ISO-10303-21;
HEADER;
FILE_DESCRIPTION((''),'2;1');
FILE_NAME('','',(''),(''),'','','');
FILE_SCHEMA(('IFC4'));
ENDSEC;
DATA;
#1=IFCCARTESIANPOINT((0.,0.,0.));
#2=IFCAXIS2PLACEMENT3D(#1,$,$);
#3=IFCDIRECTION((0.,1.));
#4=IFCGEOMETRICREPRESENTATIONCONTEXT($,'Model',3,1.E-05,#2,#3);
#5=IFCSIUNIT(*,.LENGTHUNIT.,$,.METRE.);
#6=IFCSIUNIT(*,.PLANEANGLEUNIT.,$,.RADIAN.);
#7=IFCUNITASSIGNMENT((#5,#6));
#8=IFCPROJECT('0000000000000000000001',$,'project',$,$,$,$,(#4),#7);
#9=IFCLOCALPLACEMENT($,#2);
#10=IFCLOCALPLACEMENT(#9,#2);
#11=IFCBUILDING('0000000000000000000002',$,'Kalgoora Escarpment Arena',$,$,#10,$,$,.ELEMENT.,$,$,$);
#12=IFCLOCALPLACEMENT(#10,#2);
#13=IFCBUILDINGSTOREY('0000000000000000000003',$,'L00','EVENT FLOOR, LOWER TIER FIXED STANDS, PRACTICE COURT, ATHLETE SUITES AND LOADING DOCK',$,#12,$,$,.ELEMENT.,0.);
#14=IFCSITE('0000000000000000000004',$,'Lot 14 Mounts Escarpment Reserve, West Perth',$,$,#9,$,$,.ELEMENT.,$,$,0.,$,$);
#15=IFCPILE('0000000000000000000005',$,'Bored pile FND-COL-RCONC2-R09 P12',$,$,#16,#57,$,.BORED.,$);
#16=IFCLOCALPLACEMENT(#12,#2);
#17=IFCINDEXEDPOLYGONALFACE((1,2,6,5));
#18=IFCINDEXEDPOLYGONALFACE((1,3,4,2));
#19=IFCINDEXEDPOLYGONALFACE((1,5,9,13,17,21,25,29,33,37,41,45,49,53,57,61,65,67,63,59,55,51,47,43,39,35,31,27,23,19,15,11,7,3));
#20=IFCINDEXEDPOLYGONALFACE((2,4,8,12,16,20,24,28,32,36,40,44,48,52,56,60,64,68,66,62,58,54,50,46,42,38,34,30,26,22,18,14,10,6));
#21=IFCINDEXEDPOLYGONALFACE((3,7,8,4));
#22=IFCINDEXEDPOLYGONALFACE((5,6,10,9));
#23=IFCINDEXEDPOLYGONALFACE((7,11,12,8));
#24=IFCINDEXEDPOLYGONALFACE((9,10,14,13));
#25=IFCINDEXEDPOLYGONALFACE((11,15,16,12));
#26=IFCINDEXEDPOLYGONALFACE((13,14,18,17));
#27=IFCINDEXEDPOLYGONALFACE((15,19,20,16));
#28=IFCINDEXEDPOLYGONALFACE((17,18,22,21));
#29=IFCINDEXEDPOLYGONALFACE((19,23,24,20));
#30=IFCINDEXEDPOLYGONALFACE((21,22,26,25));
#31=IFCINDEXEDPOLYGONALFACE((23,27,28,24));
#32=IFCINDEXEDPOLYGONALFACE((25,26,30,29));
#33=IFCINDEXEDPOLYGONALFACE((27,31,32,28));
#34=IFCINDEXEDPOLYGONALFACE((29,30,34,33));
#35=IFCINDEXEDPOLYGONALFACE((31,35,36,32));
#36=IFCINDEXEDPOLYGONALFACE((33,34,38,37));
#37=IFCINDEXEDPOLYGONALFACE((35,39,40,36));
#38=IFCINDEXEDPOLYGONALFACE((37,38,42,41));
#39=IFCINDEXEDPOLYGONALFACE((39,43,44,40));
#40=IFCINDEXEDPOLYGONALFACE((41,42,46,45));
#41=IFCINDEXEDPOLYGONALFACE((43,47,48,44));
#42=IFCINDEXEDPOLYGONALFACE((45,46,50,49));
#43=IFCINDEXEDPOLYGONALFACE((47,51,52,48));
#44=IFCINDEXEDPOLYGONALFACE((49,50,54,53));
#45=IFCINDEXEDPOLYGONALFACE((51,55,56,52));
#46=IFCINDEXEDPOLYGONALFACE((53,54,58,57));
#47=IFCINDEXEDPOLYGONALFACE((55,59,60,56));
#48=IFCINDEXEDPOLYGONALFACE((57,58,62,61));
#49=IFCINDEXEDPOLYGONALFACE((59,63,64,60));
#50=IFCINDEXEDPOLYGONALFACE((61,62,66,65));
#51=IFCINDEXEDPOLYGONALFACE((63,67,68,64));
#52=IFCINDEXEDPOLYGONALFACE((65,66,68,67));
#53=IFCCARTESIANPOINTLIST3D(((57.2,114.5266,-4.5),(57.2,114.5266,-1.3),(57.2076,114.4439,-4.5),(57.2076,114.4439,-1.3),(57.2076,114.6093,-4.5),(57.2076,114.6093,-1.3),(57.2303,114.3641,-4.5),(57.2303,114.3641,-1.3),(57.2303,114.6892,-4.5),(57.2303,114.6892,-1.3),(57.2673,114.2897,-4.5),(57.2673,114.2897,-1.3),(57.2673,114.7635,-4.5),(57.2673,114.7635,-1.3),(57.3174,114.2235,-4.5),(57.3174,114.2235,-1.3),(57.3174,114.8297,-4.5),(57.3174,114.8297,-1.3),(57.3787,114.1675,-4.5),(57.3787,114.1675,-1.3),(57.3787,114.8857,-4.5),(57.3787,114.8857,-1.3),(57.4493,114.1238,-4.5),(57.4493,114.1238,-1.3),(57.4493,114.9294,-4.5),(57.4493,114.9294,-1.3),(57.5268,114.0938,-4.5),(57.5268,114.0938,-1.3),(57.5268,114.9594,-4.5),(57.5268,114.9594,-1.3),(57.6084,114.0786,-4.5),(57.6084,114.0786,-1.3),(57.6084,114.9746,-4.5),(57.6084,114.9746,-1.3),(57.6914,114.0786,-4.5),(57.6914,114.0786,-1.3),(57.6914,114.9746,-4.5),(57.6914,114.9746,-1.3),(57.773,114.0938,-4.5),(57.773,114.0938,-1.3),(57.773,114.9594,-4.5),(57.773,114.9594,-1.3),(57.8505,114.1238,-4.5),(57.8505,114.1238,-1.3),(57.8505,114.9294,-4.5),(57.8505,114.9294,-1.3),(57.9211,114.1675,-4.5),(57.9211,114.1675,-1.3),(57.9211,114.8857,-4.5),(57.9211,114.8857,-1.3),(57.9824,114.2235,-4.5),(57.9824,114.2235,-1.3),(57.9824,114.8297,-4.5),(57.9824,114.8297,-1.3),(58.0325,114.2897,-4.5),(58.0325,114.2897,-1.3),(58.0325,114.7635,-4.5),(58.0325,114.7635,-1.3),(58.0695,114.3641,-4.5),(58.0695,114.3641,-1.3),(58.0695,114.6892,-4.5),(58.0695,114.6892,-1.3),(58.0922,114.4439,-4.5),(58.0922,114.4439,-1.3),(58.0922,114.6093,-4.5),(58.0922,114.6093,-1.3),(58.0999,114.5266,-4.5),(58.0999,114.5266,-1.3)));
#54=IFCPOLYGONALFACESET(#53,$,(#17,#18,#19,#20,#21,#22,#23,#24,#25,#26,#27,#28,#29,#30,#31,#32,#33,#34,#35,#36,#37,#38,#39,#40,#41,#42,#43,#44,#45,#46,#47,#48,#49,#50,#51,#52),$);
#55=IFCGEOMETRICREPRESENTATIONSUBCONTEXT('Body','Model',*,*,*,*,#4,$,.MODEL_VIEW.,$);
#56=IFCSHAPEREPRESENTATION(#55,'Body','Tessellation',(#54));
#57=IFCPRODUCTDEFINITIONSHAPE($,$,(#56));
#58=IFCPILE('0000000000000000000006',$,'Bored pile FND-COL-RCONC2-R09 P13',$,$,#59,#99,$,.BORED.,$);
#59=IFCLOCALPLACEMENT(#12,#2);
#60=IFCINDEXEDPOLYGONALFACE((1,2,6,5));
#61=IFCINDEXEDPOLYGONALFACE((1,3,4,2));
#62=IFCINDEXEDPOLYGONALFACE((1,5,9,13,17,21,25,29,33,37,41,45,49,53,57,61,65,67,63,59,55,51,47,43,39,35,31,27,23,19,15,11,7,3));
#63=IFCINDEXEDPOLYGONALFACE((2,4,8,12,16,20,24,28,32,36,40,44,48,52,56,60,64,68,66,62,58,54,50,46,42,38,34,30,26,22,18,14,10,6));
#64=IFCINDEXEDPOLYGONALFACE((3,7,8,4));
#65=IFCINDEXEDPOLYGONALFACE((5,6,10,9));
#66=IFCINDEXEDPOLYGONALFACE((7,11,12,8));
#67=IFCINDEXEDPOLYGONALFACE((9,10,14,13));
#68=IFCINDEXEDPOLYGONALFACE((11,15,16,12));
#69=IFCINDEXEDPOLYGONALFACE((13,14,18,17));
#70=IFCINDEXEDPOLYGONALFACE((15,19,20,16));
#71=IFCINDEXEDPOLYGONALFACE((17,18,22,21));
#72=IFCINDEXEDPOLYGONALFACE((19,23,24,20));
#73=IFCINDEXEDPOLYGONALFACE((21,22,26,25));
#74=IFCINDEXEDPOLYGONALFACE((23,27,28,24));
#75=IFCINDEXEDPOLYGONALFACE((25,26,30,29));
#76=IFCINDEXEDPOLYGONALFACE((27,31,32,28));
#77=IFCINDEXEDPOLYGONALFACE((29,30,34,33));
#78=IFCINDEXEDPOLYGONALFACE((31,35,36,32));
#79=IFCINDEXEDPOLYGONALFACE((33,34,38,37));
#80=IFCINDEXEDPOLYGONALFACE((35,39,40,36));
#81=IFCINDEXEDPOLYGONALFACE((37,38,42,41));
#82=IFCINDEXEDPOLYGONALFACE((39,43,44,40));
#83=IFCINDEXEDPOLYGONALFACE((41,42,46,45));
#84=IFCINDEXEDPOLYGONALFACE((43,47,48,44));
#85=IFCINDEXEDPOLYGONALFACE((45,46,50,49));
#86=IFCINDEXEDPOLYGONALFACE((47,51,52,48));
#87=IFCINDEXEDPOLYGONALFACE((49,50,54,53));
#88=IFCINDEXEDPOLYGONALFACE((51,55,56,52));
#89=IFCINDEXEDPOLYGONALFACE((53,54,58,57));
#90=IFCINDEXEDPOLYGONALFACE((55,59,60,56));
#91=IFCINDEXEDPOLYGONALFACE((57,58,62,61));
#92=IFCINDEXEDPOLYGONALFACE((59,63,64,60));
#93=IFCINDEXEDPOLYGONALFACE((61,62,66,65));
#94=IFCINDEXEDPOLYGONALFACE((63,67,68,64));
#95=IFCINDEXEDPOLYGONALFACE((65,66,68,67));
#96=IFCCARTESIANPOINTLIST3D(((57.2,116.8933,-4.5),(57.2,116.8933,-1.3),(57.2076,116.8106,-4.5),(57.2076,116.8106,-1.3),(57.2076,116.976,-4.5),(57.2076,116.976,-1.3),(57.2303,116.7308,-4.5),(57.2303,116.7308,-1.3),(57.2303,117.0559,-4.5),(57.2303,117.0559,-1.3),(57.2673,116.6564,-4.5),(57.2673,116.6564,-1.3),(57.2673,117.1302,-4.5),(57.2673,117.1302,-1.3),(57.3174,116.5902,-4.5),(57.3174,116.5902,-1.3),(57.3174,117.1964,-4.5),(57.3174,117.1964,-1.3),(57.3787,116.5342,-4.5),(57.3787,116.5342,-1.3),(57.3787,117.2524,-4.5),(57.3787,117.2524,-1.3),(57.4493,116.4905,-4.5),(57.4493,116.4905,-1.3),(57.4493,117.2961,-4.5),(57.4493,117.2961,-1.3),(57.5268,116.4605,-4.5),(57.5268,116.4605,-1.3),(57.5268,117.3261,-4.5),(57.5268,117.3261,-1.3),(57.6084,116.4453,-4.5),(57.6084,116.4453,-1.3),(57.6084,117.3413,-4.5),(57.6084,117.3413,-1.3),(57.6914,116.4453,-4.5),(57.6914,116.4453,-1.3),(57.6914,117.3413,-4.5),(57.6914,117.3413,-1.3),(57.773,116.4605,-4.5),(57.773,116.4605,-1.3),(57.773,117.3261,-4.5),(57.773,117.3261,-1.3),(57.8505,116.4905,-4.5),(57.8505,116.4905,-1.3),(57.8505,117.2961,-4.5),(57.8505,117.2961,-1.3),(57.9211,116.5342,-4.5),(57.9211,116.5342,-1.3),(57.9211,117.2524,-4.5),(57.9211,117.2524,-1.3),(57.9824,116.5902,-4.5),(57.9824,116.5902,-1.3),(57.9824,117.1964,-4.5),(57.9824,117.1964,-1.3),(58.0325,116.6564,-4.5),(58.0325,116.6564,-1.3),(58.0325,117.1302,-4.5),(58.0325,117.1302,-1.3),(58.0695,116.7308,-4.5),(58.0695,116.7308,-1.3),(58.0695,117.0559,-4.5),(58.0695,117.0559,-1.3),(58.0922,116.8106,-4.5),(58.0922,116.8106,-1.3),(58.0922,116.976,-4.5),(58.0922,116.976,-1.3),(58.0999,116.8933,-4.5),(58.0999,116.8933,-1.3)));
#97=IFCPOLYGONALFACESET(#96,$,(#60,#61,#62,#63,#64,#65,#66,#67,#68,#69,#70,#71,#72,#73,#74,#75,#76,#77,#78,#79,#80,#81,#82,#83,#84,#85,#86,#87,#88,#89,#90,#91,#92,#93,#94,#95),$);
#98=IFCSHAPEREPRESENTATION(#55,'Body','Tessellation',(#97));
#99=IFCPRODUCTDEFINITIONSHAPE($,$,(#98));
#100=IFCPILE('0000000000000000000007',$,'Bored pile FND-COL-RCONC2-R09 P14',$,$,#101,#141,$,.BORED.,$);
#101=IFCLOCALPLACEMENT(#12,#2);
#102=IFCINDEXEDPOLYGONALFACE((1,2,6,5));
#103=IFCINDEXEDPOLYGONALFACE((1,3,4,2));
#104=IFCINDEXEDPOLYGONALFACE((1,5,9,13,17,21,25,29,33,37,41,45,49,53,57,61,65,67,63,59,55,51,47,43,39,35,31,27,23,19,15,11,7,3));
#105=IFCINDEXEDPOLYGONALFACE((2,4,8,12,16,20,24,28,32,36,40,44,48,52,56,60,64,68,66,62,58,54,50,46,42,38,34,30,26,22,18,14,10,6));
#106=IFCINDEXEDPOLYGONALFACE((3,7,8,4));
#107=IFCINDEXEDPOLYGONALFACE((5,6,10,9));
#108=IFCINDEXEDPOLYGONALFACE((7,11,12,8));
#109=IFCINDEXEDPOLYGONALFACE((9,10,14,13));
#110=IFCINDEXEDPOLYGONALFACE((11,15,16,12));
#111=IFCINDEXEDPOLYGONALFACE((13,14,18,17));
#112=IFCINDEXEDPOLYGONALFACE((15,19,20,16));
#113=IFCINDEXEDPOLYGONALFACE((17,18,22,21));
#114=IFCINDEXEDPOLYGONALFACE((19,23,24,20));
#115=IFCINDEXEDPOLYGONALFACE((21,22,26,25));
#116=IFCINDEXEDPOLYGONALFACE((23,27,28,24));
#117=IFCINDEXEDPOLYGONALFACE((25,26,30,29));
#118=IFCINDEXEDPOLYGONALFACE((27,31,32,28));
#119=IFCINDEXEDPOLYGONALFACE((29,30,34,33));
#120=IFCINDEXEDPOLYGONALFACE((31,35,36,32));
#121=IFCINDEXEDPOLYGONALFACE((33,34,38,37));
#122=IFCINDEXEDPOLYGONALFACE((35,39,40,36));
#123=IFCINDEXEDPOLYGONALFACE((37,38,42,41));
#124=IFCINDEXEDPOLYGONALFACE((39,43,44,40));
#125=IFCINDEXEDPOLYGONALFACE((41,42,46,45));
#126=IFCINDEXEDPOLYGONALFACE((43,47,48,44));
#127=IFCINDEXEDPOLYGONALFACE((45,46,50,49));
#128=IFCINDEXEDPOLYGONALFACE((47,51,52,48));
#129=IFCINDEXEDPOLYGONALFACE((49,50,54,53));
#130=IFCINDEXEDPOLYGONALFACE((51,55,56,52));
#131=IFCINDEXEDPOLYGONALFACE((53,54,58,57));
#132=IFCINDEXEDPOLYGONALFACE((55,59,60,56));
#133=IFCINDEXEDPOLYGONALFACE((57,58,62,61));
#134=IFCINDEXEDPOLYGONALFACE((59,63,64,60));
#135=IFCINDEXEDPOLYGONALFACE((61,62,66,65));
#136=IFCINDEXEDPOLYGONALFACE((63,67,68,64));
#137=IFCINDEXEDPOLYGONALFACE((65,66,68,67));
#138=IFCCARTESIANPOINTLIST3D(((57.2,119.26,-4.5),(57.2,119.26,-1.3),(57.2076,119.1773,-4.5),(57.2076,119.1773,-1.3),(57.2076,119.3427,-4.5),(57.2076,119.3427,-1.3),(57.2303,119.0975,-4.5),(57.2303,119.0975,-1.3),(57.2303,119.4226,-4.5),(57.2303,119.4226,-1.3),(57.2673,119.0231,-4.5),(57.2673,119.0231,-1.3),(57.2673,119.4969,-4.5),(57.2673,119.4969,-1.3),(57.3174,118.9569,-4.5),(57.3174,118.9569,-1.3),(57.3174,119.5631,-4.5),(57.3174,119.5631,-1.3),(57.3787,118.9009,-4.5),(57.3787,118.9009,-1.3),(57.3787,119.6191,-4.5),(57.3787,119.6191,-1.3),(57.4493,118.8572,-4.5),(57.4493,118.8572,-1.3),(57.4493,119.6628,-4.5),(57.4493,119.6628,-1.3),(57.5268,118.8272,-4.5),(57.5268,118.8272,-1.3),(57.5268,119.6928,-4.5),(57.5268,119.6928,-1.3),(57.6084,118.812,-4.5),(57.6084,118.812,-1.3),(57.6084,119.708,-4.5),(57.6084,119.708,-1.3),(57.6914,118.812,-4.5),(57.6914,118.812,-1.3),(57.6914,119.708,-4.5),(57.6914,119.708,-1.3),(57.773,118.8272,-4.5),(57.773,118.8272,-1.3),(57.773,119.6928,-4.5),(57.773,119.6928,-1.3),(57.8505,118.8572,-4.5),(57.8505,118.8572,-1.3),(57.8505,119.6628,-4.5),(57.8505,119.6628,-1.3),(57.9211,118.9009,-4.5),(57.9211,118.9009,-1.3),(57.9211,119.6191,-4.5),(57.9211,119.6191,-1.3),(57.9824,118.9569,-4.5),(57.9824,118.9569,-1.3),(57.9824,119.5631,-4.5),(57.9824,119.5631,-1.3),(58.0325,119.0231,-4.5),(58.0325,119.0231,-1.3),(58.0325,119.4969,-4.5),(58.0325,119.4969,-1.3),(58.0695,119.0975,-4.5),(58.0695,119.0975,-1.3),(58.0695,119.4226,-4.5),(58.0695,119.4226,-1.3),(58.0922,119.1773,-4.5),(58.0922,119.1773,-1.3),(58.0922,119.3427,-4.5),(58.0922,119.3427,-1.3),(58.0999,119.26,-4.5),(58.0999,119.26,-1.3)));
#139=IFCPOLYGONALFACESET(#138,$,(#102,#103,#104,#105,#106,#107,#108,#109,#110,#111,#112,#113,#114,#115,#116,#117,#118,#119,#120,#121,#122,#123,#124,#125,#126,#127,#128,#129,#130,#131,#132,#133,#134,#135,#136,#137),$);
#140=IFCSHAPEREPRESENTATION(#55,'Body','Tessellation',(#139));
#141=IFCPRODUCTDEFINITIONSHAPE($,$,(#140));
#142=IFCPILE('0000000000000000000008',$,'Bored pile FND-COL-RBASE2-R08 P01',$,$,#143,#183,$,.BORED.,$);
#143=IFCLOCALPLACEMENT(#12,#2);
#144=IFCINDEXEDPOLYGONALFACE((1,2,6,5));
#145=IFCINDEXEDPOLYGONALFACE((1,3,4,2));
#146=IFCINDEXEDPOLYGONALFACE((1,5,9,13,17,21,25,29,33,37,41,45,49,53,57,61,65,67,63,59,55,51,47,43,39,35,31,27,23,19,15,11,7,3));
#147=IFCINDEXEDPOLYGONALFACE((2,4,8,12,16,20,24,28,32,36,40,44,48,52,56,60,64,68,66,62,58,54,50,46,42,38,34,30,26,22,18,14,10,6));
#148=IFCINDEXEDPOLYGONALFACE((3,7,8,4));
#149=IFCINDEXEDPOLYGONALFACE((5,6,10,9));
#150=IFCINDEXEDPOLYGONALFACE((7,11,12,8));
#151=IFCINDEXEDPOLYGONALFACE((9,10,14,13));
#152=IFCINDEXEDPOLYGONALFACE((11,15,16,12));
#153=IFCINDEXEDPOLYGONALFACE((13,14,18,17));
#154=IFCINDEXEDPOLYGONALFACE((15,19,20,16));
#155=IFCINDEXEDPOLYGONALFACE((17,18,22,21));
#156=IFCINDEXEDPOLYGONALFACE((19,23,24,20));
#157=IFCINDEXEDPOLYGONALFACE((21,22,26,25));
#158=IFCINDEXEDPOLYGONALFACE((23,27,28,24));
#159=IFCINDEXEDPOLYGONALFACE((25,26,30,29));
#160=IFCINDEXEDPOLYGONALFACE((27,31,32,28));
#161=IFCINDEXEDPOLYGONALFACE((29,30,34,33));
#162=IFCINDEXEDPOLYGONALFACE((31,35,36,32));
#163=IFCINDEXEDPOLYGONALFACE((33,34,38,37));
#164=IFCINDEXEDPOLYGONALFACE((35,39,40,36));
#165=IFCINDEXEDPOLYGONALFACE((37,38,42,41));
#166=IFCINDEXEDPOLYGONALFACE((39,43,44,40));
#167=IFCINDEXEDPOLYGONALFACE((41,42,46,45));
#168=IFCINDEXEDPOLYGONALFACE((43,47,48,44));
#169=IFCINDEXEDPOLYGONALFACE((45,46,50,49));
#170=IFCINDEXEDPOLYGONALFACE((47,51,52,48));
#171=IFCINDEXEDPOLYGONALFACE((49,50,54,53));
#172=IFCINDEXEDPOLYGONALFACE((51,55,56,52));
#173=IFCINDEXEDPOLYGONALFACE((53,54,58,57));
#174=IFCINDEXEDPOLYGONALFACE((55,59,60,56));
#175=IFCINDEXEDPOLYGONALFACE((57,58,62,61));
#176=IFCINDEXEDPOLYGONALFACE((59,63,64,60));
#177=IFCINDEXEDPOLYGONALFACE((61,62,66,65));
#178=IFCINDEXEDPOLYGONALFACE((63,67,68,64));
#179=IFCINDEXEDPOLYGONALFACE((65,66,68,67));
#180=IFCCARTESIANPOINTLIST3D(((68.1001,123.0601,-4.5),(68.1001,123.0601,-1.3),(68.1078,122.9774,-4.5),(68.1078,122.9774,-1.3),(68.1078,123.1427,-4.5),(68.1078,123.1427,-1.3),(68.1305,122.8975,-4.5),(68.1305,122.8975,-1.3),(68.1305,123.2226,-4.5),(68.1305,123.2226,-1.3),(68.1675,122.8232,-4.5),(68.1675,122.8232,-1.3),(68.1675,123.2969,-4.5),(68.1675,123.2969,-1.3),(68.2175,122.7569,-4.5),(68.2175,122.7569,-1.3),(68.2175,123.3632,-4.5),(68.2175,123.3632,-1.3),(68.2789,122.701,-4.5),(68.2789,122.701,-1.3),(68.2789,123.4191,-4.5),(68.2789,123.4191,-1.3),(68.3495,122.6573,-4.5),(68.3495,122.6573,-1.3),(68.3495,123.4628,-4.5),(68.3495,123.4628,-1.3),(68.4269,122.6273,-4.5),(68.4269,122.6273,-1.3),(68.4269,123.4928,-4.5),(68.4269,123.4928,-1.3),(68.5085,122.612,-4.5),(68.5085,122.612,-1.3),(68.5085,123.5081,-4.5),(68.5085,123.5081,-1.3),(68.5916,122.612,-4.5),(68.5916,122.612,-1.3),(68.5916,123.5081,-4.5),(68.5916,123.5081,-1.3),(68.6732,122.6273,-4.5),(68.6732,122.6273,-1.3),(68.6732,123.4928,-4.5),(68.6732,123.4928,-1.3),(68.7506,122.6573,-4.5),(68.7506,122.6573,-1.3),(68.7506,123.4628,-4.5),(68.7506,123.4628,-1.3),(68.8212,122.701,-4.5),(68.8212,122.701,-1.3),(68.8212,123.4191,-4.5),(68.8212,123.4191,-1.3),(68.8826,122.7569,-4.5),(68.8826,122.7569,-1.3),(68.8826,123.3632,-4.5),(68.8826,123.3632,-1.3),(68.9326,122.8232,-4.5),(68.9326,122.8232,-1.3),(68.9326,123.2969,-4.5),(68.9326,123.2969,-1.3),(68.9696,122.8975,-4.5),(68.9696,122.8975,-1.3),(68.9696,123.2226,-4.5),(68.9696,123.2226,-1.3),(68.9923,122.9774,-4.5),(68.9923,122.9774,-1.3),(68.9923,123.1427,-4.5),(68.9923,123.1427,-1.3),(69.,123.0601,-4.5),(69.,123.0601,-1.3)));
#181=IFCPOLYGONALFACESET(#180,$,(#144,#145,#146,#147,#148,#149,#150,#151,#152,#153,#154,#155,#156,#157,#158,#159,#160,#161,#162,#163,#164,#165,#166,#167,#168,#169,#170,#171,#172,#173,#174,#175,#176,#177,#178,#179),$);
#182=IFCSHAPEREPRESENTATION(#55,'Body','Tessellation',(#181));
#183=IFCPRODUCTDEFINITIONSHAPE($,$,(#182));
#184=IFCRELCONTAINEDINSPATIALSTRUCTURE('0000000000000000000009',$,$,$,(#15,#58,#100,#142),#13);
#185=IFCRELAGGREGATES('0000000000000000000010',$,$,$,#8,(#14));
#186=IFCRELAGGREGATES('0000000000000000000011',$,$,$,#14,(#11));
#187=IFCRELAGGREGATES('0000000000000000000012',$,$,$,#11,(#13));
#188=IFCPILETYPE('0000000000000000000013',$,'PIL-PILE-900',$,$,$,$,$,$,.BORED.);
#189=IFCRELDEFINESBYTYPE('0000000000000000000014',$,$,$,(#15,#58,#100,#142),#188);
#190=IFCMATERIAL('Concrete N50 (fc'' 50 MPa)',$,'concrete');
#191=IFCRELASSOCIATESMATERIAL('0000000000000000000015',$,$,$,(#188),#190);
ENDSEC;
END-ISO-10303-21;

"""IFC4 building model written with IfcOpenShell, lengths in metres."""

from ifc_helpers import new_model, si_unit, direction, frame, origin, origin_2d, place, context, subcontext, project, spatial, circle, extrude, material, material_profile, profile_set, type_object, element, save


model = new_model("IFC4")

# Units and contexts
model_context = context("Model", 3, precision=1e-05, world=origin(), true_north=direction((0.0, 1.0)))
body_context = subcontext(model_context, "Body", "Model", "MODEL_VIEW")
ifc_project = project(units=[si_unit("LENGTHUNIT", "METRE"), si_unit("PLANEANGLEUNIT", "RADIAN")], contexts=[model_context])

# Site, building, storey
site_placement = place(None, origin())
site = spatial("IfcSite", under=ifc_project, at=site_placement, Name="Lot 14 Mounts Escarpment Reserve, West Perth", CompositionType="ELEMENT", RefElevation=0.0)
building_placement = place(site_placement, origin())
building = spatial("IfcBuilding", under=site, at=building_placement, Name="Kalgoora Escarpment Arena", CompositionType="ELEMENT")
storey_placement = place(building_placement, origin())
storey = spatial("IfcBuildingStorey", under=building, at=storey_placement, Name="L00", Description="EVENT FLOOR, LOWER TIER FIXED STANDS, PRACTICE COURT, ATHLETE SUITES AND LOADING DOCK", CompositionType="ELEMENT", Elevation=0.0)

# Piles
ifc_material_1 = material(Name="Concrete N50 (fc' 50 MPa)", Category="concrete")
ifc_material_profile_1 = material_profile(ifc_material_1, circle(Radius=0.45, at=origin_2d()))
ifc_profile_set_1 = profile_set([ifc_material_profile_1], Name="Concrete N50 (fc' 50 MPa)")
pile_type_1 = type_object("IfcPileType", Name="PIL-PILE-900", PredefinedType="BORED", material=ifc_profile_set_1)
for number, where, z_axis, x_axis, name in (
    (1, (57.6499, 114.5266, -1.3), (0.0, 0.0, -1.0), (1.0, 0.0, 0.0), "Bored pile FND-COL-RCONC2-R09 P12"),
    (2, (57.6499, 116.8933, -1.3), (0.0, 0.0, -1.0), (1.0, 0.0, 0.0), "Bored pile FND-COL-RCONC2-R09 P13"),
    (3, (57.6499, 119.26, -1.3), (0.0, 0.0, -1.0), (1.0, 0.0, 0.0), "Bored pile FND-COL-RCONC2-R09 P14"),
    (4, (68.55, 123.0601, -1.3), (0.0, 0.0, -1.0), (1.0, 0.0, 0.0), "Bored pile FND-COL-RBASE2-R08 P01"),
):
    element("IfcPile", number, at=place(storey_placement, frame(where, z_axis=z_axis, x_axis=x_axis)), inside=storey, type_object=pile_type_1, Name=name, PredefinedType="BORED", context=body_context, shape_type="SweptSolid", body=[
        extrude(circle(Radius=0.45, at=origin_2d()), origin(), (0.0, 0.0, 1.0), 3.2),
    ])

save(model, "model.ifc")
